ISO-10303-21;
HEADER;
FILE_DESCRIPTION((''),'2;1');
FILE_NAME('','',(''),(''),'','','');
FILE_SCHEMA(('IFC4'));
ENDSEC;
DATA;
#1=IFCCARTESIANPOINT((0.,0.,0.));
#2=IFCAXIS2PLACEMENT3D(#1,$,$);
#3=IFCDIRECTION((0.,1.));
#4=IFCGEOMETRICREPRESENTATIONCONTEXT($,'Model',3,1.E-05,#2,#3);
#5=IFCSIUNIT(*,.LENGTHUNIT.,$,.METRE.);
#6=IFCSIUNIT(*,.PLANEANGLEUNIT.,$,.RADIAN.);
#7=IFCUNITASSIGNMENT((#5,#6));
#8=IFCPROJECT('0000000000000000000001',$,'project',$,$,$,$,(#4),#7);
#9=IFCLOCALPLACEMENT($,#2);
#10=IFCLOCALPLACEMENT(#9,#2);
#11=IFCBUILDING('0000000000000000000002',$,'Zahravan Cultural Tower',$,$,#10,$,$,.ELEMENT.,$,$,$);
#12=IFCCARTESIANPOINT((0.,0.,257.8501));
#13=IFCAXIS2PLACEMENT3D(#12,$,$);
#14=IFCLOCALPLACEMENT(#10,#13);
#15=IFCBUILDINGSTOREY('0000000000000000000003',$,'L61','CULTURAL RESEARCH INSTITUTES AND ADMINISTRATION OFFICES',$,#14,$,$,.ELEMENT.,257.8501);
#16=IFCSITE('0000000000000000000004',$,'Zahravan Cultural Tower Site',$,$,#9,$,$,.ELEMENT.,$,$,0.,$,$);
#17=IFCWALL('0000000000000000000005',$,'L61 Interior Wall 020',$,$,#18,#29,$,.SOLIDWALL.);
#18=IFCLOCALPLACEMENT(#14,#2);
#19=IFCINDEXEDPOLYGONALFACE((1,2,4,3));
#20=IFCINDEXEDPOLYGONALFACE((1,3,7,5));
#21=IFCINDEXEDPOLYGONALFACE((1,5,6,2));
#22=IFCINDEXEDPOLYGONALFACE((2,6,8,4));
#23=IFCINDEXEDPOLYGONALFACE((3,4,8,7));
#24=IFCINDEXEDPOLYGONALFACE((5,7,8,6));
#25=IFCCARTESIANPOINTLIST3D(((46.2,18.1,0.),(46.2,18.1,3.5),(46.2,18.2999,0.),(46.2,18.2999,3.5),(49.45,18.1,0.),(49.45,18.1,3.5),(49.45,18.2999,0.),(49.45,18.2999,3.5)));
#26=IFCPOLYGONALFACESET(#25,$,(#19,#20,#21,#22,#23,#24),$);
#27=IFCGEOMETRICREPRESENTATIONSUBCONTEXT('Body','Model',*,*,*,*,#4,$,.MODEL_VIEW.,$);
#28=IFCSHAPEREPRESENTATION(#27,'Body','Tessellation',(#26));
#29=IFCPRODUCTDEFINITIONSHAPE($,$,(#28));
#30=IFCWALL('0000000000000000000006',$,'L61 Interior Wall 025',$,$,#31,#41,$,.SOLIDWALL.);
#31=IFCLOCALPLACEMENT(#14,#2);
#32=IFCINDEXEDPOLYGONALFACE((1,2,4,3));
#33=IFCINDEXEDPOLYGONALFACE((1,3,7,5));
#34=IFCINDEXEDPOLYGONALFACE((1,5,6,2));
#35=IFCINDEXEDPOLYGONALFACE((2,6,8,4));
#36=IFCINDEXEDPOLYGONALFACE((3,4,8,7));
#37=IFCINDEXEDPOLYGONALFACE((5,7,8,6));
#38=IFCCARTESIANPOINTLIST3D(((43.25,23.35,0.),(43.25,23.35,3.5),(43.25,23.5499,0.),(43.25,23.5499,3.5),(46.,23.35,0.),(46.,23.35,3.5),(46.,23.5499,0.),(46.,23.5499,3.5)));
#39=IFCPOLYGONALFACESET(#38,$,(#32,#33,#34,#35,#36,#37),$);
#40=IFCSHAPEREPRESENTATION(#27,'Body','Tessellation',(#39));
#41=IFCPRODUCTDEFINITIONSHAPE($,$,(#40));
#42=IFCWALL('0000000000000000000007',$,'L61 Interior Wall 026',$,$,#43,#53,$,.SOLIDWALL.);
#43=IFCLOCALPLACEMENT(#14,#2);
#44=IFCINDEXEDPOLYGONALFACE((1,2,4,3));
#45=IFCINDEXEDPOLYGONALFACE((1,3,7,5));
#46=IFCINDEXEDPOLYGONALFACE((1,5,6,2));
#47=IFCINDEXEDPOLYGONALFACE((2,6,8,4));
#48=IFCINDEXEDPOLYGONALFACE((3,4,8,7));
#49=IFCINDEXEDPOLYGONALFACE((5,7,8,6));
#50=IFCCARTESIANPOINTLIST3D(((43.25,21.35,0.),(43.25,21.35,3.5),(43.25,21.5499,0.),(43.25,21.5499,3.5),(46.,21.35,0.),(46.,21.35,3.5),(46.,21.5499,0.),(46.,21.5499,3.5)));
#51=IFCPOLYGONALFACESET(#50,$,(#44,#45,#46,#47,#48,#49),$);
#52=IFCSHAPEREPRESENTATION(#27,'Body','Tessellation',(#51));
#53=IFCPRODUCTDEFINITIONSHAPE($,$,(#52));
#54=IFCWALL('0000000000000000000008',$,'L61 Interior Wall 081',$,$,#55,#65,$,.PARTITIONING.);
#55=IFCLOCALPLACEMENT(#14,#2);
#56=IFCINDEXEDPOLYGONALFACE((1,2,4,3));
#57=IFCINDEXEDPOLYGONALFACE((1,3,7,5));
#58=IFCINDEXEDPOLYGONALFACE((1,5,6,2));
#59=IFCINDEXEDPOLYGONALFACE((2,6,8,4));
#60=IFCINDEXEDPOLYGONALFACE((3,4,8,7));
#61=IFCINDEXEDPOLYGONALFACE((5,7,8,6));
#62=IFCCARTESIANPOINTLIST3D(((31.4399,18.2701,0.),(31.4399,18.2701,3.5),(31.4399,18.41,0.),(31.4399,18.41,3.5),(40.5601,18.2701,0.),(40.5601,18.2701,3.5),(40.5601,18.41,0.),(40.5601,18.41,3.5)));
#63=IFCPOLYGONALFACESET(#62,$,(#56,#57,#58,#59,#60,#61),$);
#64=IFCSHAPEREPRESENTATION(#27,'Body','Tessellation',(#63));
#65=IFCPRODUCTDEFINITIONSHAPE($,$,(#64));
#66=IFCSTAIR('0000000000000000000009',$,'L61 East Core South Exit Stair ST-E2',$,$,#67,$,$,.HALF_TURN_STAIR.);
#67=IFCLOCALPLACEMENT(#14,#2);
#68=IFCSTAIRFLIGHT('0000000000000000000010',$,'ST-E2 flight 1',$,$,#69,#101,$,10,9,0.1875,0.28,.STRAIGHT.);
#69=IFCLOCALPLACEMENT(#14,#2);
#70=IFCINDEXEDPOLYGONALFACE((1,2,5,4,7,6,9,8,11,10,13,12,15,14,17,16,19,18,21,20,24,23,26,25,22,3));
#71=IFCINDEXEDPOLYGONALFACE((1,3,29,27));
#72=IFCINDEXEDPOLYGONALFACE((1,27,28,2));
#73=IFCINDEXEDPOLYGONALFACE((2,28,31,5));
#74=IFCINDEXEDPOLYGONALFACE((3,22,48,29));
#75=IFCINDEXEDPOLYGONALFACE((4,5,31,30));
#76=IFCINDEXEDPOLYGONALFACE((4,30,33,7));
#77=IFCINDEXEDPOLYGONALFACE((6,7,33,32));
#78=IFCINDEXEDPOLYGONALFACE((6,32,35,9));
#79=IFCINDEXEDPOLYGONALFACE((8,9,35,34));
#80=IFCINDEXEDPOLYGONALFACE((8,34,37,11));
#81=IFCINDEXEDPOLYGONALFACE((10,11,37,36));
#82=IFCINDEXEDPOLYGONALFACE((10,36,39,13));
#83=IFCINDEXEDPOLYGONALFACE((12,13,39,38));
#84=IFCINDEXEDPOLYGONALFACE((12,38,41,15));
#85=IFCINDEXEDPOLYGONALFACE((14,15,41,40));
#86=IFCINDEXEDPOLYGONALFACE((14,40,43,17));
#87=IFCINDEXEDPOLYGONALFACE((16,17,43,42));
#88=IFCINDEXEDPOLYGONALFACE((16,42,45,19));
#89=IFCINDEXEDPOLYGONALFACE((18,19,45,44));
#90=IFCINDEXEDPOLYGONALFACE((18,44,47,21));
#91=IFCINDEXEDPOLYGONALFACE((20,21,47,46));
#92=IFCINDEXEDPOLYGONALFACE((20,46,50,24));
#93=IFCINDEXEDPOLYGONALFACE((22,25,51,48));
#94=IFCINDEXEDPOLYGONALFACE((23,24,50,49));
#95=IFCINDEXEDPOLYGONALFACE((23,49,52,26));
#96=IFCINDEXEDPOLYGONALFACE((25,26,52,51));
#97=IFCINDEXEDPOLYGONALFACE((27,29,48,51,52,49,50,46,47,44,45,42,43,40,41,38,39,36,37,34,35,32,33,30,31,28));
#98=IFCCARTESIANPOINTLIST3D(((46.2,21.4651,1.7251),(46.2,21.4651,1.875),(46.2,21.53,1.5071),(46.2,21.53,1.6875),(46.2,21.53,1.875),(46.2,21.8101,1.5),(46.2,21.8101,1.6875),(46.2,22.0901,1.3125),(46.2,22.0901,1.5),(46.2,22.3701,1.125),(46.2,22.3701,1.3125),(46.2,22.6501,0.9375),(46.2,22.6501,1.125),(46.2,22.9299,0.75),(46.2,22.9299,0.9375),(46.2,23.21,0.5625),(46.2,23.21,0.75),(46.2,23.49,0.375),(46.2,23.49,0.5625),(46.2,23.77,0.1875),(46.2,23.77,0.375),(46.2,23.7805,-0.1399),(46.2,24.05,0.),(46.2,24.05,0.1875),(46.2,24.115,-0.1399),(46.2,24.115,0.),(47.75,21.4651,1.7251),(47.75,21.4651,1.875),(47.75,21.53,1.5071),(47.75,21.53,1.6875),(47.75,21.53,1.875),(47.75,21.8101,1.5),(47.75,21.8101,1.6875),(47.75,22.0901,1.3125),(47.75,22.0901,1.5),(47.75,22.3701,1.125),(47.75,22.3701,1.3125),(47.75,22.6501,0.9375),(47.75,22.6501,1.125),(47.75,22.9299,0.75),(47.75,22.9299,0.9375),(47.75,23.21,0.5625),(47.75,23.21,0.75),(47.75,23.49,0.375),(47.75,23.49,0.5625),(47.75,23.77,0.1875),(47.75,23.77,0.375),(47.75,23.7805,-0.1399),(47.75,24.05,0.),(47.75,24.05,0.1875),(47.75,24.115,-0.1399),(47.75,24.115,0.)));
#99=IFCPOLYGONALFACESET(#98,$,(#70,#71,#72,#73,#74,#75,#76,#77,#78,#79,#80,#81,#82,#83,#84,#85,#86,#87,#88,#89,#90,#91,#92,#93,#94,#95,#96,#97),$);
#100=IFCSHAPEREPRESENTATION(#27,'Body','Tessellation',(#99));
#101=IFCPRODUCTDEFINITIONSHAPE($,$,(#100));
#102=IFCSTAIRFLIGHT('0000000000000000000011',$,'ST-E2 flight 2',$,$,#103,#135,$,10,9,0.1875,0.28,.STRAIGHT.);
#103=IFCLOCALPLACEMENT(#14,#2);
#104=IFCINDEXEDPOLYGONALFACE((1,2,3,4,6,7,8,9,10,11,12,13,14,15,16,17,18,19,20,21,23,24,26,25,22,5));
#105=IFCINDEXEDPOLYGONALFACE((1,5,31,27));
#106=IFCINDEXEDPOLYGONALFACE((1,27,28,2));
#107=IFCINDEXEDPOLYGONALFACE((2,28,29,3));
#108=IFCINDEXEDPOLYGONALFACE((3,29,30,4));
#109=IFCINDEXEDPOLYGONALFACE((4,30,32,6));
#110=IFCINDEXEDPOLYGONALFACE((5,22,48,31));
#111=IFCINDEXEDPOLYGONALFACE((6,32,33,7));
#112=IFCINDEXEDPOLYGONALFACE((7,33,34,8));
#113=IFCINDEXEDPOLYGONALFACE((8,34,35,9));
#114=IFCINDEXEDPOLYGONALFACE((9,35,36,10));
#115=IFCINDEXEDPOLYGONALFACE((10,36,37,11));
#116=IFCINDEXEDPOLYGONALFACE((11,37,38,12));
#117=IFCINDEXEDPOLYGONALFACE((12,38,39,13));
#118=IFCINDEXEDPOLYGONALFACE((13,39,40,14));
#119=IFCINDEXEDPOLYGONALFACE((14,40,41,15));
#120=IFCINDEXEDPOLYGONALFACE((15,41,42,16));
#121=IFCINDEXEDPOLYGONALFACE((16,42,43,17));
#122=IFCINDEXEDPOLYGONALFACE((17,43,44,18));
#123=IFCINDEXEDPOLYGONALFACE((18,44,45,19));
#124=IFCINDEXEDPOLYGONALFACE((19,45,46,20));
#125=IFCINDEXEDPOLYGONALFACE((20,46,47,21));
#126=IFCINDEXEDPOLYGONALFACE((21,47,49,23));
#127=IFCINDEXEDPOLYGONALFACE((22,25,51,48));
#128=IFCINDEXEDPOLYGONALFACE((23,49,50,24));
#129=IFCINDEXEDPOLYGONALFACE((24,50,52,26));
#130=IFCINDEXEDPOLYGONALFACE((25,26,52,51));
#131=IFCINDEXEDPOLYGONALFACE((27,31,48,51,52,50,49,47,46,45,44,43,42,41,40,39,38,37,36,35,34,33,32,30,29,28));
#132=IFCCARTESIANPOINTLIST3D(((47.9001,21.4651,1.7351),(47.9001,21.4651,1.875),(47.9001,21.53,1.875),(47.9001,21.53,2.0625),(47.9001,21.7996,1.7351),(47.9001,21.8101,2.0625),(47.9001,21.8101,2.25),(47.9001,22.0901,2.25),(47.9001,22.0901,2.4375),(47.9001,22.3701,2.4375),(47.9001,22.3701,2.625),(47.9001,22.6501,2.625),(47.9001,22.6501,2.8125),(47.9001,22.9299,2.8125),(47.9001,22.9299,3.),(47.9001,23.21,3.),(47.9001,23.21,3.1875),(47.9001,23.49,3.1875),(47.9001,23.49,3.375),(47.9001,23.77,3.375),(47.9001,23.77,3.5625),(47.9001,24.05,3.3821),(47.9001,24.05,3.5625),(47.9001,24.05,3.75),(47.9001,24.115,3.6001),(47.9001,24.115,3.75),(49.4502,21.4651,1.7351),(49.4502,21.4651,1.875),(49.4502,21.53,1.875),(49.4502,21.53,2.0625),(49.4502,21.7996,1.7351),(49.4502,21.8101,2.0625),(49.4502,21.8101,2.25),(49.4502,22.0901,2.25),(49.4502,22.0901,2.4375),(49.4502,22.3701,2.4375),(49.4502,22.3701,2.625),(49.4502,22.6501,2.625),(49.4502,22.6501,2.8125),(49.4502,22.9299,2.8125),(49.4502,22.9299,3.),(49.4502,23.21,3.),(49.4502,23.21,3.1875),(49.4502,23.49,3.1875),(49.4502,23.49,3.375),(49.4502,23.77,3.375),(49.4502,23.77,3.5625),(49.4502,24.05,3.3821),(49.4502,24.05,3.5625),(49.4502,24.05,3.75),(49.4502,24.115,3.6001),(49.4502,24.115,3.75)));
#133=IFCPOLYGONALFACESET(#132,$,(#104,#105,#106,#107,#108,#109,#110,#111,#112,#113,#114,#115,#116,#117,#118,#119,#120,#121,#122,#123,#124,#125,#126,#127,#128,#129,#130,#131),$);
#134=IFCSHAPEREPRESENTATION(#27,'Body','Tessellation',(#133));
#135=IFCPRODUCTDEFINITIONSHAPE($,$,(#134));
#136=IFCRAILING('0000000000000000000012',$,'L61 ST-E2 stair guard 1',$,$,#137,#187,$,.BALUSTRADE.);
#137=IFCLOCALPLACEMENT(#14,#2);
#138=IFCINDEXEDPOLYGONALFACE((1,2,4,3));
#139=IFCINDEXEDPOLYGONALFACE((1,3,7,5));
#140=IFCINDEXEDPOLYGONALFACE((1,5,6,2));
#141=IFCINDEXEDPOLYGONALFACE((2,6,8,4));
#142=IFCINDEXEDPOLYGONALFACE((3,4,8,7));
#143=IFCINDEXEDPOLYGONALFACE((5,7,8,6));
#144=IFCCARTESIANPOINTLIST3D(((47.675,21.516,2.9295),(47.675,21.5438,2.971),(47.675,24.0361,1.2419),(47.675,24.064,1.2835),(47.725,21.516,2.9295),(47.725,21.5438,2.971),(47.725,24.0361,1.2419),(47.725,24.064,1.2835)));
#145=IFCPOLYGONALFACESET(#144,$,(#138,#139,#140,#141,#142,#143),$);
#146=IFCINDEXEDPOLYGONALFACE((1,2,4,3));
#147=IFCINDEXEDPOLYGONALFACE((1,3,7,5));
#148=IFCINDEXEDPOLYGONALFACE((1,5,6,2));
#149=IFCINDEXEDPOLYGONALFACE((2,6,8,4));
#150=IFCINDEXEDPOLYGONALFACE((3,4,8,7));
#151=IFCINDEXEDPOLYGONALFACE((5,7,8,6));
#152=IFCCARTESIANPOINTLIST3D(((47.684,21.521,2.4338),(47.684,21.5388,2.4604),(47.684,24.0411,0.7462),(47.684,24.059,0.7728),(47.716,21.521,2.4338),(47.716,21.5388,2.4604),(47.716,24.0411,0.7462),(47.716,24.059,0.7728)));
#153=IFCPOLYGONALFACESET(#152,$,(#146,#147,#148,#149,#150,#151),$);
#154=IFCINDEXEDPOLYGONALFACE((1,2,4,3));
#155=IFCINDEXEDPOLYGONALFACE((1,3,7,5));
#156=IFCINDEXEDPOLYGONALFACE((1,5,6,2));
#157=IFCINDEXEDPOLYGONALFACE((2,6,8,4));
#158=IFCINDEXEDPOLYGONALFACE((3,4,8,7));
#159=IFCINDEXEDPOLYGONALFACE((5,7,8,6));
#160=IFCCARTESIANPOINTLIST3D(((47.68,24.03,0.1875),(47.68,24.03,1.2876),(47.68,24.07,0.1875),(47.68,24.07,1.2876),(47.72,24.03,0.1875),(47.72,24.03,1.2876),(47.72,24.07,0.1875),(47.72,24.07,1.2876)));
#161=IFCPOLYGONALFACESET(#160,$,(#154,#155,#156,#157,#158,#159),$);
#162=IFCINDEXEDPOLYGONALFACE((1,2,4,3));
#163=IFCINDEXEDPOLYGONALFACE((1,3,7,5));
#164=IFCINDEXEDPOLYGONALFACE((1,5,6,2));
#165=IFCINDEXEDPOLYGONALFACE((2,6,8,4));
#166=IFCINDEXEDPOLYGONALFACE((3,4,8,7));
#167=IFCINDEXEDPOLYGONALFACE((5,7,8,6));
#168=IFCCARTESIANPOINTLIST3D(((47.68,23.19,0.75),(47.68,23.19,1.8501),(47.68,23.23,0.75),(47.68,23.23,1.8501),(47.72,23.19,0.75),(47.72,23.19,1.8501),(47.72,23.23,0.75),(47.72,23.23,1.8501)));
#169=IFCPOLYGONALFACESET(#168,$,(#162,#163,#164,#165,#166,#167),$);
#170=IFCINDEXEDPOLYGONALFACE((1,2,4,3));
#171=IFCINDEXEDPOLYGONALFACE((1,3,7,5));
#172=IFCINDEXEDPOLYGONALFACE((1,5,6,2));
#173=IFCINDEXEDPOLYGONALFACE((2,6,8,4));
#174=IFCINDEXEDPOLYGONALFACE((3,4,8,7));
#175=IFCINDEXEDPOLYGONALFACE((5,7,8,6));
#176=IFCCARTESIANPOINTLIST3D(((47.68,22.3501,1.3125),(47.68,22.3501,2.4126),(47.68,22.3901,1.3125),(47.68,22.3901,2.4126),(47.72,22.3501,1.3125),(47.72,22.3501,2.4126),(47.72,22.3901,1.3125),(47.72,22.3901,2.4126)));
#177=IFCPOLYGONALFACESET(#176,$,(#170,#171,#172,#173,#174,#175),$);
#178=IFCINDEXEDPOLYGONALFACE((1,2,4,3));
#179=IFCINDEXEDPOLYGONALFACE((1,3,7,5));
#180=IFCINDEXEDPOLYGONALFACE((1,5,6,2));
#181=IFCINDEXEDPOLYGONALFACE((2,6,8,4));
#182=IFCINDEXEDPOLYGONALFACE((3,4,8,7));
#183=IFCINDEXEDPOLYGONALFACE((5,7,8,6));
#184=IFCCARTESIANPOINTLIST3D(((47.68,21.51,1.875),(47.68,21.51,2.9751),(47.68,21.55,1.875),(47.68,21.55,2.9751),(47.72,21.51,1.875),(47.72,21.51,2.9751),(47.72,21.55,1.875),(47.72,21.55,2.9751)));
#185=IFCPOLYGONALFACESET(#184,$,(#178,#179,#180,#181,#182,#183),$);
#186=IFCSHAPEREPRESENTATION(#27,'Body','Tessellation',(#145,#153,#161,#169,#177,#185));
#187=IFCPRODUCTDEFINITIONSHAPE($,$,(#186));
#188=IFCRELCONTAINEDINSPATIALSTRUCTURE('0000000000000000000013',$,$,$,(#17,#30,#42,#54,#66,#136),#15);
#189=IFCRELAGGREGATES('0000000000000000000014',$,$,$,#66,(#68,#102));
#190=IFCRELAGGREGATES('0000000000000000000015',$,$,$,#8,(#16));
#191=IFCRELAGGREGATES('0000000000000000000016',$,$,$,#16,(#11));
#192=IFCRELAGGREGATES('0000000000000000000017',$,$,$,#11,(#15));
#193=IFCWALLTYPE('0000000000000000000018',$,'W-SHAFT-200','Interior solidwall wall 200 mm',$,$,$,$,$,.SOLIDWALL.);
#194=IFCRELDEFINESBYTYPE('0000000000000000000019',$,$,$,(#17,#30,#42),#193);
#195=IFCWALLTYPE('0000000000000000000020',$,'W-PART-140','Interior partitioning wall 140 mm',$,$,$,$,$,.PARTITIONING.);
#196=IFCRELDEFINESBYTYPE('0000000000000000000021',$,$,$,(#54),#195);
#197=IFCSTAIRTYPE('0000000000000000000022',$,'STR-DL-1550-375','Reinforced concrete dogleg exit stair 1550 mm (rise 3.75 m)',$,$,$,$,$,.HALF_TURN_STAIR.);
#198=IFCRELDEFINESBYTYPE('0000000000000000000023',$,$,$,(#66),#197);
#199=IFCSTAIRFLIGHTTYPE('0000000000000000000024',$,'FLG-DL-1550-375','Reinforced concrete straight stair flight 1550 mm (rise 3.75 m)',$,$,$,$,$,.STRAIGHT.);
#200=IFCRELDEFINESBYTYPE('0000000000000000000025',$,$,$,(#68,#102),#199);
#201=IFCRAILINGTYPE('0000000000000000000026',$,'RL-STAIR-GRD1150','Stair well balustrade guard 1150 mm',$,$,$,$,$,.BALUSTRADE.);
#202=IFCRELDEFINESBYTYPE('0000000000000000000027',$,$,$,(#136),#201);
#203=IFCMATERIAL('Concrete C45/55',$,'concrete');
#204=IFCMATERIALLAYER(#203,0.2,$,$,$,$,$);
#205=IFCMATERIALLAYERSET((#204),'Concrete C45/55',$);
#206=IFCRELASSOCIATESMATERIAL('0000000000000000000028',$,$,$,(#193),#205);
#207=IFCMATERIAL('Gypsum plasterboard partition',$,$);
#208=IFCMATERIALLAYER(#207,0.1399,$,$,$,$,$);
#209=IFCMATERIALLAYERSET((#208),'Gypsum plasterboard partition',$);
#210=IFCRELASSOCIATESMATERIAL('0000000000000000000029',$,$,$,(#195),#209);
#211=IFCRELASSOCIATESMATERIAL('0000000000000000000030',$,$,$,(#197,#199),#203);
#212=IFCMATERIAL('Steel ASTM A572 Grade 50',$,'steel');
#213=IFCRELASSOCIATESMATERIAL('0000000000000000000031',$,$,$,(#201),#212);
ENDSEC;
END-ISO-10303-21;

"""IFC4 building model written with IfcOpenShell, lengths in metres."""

from ifc_helpers import new_model, si_unit, direction, frame, frame_2d, origin, origin_2d, place, context, subcontext, project, spatial, polyline, rectangle, outline, extrude, source, transform, mapped, material, layer, layer_set, type_object, element, aggregate, save


model = new_model("IFC4")

# Units and contexts
model_context = context("Model", 3, precision=1e-05, world=origin(), true_north=direction((0.0, 1.0)))
body_context = subcontext(model_context, "Body", "Model", "MODEL_VIEW")
ifc_project = project(units=[si_unit("LENGTHUNIT", "METRE"), si_unit("PLANEANGLEUNIT", "RADIAN")], contexts=[model_context])

# Site, building, storey
site_placement = place(None, origin())
site = spatial("IfcSite", under=ifc_project, at=site_placement, Name="Zahravan Cultural Tower Site", CompositionType="ELEMENT", RefElevation=0.0)
building_placement = place(site_placement, origin())
building = spatial("IfcBuilding", under=site, at=building_placement, Name="Zahravan Cultural Tower", CompositionType="ELEMENT")
storey_placement = place(building_placement, frame((0.0, 0.0, 257.8501)))
storey = spatial("IfcBuildingStorey", under=building, at=storey_placement, Name="L61", Description="CULTURAL RESEARCH INSTITUTES AND ADMINISTRATION OFFICES", CompositionType="ELEMENT", Elevation=257.8501)

# Shared definitions
ifc_material_1 = material(Name="Concrete C45/55", Category="concrete")
ifc_layer_1 = layer(ifc_material_1, 0.2)
ifc_layer_set_1 = layer_set([ifc_layer_1], Name="Concrete C45/55")
wall_type_1 = type_object("IfcWallType", Name="W-SHAFT-200", Description="Interior solidwall wall 200 mm", PredefinedType="SOLIDWALL", material=ifc_layer_set_1)
ifc_material_2 = material(Name="Steel ASTM A572 Grade 50", Category="steel")

# Walls
shared_shape_1 = source(origin(), body_context, "Body", "SweptSolid", [
    extrude(rectangle(XDim=3.25, YDim=0.2, at=frame_2d((1.625, 0.0))), origin(), (0.0, 0.0, 1.0), 3.5),
])
wall_1_placement = place(storey_placement, frame((46.2, 18.2, 0.0), z_axis=(0.0, 0.0, 1.0), x_axis=(1.0, 0.0, 0.0)))
element("IfcWall", 1, at=wall_1_placement, inside=storey, type_object=wall_type_1, Name="L61 Interior Wall 020", PredefinedType="SOLIDWALL", context=body_context, shape_type="MappedRepresentation", body=[
    mapped(shared_shape_1, transform((0.0, 0.0, 0.0), x_axis=(1.0, 0.0, 0.0), y_axis=(0.0, 1.0, 0.0), z_axis=(0.0, 0.0, 1.0), scale=1.0)),
])
shared_shape_2 = source(origin(), body_context, "Body", "SweptSolid", [
    extrude(rectangle(XDim=2.75, YDim=0.2, at=frame_2d((1.375, 0.0))), origin(), (0.0, 0.0, 1.0), 3.5),
])
for number, where, z_axis, x_axis, name in (
    (2, (43.25, 23.45, 0.0), (0.0, 0.0, 1.0), (1.0, 0.0, 0.0), "L61 Interior Wall 025"),
    (3, (43.25, 21.45, 0.0), (0.0, 0.0, 1.0), (1.0, 0.0, 0.0), "L61 Interior Wall 026"),
):
    element("IfcWall", number, at=place(storey_placement, frame(where, z_axis=z_axis, x_axis=x_axis)), inside=storey, type_object=wall_type_1, Name=name, PredefinedType="SOLIDWALL", context=body_context, shape_type="MappedRepresentation", body=[
        mapped(shared_shape_2, transform((0.0, 0.0, 0.0), x_axis=(1.0, 0.0, 0.0), y_axis=(0.0, 1.0, 0.0), z_axis=(0.0, 0.0, 1.0), scale=1.0)),
    ])
ifc_material_3 = material(Name="Gypsum plasterboard partition")
ifc_layer_2 = layer(ifc_material_3, 0.1399)
ifc_layer_set_2 = layer_set([ifc_layer_2], Name="Gypsum plasterboard partition")
wall_type_2 = type_object("IfcWallType", Name="W-PART-140", Description="Interior partitioning wall 140 mm", PredefinedType="PARTITIONING", material=ifc_layer_set_2)
shared_shape_3 = source(origin(), body_context, "Body", "SweptSolid", [
    extrude(rectangle(XDim=9.1201, YDim=0.1399, at=frame_2d((4.5601, 0.0))), origin(), (0.0, 0.0, 1.0), 3.5),
])
wall_2_placement = place(storey_placement, frame((40.5601, 18.3401, 0.0), z_axis=(0.0, 0.0, 1.0), x_axis=(-1.0, 0.0, 0.0)))
element("IfcWall", 4, at=wall_2_placement, inside=storey, type_object=wall_type_2, Name="L61 Interior Wall 081", PredefinedType="PARTITIONING", context=body_context, shape_type="MappedRepresentation", body=[
    mapped(shared_shape_3, transform((0.0, 0.0, 0.0), x_axis=(1.0, 0.0, 0.0), y_axis=(0.0, 1.0, 0.0), z_axis=(0.0, 0.0, 1.0), scale=1.0)),
])

# Stair, stair flights
stair_type = type_object("IfcStairType", Name="STR-DL-1550-375", Description="Reinforced concrete dogleg exit stair 1550 mm (rise 3.75 m)", PredefinedType="HALF_TURN_STAIR", material=ifc_material_1)
stair_placement = place(storey_placement, origin())
stair = element("IfcStair", 5, at=stair_placement, inside=storey, type_object=stair_type, Name="L61 East Core South Exit Stair ST-E2", PredefinedType="HALF_TURN_STAIR")
stair_flight_type = type_object("IfcStairFlightType", Name="FLG-DL-1550-375", Description="Reinforced concrete straight stair flight 1550 mm (rise 3.75 m)", PredefinedType="STRAIGHT", material=ifc_material_1)
stair_flight_1_placement = place(storey_placement, frame((46.9751, 24.05, 0.0), z_axis=(0.0, 0.0, 1.0), x_axis=(0.0, -1.0, 0.0)))
stair_flight_1 = element("IfcStairFlight", 6, at=stair_flight_1_placement, type_object=stair_flight_type, Name="ST-E2 flight 1", NumberOfRisers=10, NumberOfTreads=9, PredefinedType="STRAIGHT", RiserHeight=0.1875, TreadLength=0.28, context=body_context, shape_type="SweptSolid", body=[
    extrude(outline(polyline([(-0.0649, -0.1399), (-0.0649, 0.0), (0.0, 0.0), (0.0, 0.1875), (0.28, 0.1875), (0.28, 0.375), (0.5601, 0.375), (0.5601, 0.5625), (0.8401, 0.5625), (0.8401, 0.75), (1.1201, 0.75), (1.1201, 0.9375), (1.3999, 0.9375), (1.3999, 1.125), (1.6799, 1.125), (1.6799, 1.3125), (1.96, 1.3125), (1.96, 1.5), (2.24, 1.5), (2.24, 1.6875), (2.52, 1.6875), (2.52, 1.875), (2.585, 1.875), (2.585, 1.7251), (2.52, 1.5071), (0.2695, -0.1399), (-0.0649, -0.1399)])), frame((0.0, 0.7749, 0.0), z_axis=(0.0, -1.0, 0.0), x_axis=(1.0, 0.0, 0.0)), (0.0, 0.0, 1.0), 1.55),
])
stair_flight_2_placement = place(storey_placement, frame((48.675, 21.53, 1.875), z_axis=(0.0, 0.0, 1.0), x_axis=(0.0, 1.0, 0.0)))
stair_flight_2 = element("IfcStairFlight", 7, at=stair_flight_2_placement, type_object=stair_flight_type, Name="ST-E2 flight 2", NumberOfRisers=10, NumberOfTreads=9, PredefinedType="STRAIGHT", RiserHeight=0.1875, TreadLength=0.28, context=body_context, shape_type="SweptSolid", body=[
    extrude(outline(polyline([(-0.0649, -0.1399), (-0.0649, 0.0), (0.0, 0.0), (0.0, 0.1875), (0.28, 0.1875), (0.28, 0.375), (0.5601, 0.375), (0.5601, 0.5625), (0.8401, 0.5625), (0.8401, 0.75), (1.1201, 0.75), (1.1201, 0.9375), (1.3999, 0.9375), (1.3999, 1.125), (1.6799, 1.125), (1.6799, 1.3125), (1.96, 1.3125), (1.96, 1.5), (2.24, 1.5), (2.24, 1.6875), (2.52, 1.6875), (2.52, 1.875), (2.585, 1.875), (2.585, 1.7251), (2.52, 1.5071), (0.2695, -0.1399), (-0.0649, -0.1399)])), frame((0.0, 0.7749, 0.0), z_axis=(0.0, -1.0, 0.0), x_axis=(1.0, 0.0, 0.0)), (0.0, 0.0, 1.0), 1.55),
])
aggregate(stair, [stair_flight_1, stair_flight_2])

# Railing
railing_type_1 = type_object("IfcRailingType", Name="RL-STAIR-GRD1150", Description="Stair well balustrade guard 1150 mm", PredefinedType="BALUSTRADE", material=ifc_material_2)
railing_1_placement = place(storey_placement, frame((47.7, 24.05, 0.1875)))
element("IfcRailing", 8, at=railing_1_placement, inside=storey, type_object=railing_type_1, Name="L61 ST-E2 stair guard 1", PredefinedType="BALUSTRADE", context=body_context, shape_type="SweptSolid", body=[
    extrude(rectangle(XDim=0.05, YDim=0.05, at=origin_2d()), frame((0.0, 0.0, 1.0752), z_axis=(0.0, -0.830909, 0.556408), x_axis=(1.0, 0.0, 0.0)), (0.0, 0.0, 1.0), 3.033),
    extrude(rectangle(XDim=0.032, YDim=0.032, at=origin_2d()), frame((0.0, 0.0, 0.572), z_axis=(0.0, -0.830909, 0.556408), x_axis=(1.0, 0.0, 0.0)), (0.0, 0.0, 1.0), 3.033),
    extrude(rectangle(XDim=0.04, YDim=0.04, at=origin_2d()), origin(), (0.0, 0.0, 1.0), 1.1001),
    extrude(rectangle(XDim=0.04, YDim=0.04, at=origin_2d()), frame((0.0, -0.8401, 0.5625)), (0.0, 0.0, 1.0), 1.1001),
    extrude(rectangle(XDim=0.04, YDim=0.04, at=origin_2d()), frame((0.0, -1.6799, 1.125)), (0.0, 0.0, 1.0), 1.1001),
    extrude(rectangle(XDim=0.04, YDim=0.04, at=origin_2d()), frame((0.0, -2.52, 1.6875)), (0.0, 0.0, 1.0), 1.1001),
])

save(model, "model.ifc")
